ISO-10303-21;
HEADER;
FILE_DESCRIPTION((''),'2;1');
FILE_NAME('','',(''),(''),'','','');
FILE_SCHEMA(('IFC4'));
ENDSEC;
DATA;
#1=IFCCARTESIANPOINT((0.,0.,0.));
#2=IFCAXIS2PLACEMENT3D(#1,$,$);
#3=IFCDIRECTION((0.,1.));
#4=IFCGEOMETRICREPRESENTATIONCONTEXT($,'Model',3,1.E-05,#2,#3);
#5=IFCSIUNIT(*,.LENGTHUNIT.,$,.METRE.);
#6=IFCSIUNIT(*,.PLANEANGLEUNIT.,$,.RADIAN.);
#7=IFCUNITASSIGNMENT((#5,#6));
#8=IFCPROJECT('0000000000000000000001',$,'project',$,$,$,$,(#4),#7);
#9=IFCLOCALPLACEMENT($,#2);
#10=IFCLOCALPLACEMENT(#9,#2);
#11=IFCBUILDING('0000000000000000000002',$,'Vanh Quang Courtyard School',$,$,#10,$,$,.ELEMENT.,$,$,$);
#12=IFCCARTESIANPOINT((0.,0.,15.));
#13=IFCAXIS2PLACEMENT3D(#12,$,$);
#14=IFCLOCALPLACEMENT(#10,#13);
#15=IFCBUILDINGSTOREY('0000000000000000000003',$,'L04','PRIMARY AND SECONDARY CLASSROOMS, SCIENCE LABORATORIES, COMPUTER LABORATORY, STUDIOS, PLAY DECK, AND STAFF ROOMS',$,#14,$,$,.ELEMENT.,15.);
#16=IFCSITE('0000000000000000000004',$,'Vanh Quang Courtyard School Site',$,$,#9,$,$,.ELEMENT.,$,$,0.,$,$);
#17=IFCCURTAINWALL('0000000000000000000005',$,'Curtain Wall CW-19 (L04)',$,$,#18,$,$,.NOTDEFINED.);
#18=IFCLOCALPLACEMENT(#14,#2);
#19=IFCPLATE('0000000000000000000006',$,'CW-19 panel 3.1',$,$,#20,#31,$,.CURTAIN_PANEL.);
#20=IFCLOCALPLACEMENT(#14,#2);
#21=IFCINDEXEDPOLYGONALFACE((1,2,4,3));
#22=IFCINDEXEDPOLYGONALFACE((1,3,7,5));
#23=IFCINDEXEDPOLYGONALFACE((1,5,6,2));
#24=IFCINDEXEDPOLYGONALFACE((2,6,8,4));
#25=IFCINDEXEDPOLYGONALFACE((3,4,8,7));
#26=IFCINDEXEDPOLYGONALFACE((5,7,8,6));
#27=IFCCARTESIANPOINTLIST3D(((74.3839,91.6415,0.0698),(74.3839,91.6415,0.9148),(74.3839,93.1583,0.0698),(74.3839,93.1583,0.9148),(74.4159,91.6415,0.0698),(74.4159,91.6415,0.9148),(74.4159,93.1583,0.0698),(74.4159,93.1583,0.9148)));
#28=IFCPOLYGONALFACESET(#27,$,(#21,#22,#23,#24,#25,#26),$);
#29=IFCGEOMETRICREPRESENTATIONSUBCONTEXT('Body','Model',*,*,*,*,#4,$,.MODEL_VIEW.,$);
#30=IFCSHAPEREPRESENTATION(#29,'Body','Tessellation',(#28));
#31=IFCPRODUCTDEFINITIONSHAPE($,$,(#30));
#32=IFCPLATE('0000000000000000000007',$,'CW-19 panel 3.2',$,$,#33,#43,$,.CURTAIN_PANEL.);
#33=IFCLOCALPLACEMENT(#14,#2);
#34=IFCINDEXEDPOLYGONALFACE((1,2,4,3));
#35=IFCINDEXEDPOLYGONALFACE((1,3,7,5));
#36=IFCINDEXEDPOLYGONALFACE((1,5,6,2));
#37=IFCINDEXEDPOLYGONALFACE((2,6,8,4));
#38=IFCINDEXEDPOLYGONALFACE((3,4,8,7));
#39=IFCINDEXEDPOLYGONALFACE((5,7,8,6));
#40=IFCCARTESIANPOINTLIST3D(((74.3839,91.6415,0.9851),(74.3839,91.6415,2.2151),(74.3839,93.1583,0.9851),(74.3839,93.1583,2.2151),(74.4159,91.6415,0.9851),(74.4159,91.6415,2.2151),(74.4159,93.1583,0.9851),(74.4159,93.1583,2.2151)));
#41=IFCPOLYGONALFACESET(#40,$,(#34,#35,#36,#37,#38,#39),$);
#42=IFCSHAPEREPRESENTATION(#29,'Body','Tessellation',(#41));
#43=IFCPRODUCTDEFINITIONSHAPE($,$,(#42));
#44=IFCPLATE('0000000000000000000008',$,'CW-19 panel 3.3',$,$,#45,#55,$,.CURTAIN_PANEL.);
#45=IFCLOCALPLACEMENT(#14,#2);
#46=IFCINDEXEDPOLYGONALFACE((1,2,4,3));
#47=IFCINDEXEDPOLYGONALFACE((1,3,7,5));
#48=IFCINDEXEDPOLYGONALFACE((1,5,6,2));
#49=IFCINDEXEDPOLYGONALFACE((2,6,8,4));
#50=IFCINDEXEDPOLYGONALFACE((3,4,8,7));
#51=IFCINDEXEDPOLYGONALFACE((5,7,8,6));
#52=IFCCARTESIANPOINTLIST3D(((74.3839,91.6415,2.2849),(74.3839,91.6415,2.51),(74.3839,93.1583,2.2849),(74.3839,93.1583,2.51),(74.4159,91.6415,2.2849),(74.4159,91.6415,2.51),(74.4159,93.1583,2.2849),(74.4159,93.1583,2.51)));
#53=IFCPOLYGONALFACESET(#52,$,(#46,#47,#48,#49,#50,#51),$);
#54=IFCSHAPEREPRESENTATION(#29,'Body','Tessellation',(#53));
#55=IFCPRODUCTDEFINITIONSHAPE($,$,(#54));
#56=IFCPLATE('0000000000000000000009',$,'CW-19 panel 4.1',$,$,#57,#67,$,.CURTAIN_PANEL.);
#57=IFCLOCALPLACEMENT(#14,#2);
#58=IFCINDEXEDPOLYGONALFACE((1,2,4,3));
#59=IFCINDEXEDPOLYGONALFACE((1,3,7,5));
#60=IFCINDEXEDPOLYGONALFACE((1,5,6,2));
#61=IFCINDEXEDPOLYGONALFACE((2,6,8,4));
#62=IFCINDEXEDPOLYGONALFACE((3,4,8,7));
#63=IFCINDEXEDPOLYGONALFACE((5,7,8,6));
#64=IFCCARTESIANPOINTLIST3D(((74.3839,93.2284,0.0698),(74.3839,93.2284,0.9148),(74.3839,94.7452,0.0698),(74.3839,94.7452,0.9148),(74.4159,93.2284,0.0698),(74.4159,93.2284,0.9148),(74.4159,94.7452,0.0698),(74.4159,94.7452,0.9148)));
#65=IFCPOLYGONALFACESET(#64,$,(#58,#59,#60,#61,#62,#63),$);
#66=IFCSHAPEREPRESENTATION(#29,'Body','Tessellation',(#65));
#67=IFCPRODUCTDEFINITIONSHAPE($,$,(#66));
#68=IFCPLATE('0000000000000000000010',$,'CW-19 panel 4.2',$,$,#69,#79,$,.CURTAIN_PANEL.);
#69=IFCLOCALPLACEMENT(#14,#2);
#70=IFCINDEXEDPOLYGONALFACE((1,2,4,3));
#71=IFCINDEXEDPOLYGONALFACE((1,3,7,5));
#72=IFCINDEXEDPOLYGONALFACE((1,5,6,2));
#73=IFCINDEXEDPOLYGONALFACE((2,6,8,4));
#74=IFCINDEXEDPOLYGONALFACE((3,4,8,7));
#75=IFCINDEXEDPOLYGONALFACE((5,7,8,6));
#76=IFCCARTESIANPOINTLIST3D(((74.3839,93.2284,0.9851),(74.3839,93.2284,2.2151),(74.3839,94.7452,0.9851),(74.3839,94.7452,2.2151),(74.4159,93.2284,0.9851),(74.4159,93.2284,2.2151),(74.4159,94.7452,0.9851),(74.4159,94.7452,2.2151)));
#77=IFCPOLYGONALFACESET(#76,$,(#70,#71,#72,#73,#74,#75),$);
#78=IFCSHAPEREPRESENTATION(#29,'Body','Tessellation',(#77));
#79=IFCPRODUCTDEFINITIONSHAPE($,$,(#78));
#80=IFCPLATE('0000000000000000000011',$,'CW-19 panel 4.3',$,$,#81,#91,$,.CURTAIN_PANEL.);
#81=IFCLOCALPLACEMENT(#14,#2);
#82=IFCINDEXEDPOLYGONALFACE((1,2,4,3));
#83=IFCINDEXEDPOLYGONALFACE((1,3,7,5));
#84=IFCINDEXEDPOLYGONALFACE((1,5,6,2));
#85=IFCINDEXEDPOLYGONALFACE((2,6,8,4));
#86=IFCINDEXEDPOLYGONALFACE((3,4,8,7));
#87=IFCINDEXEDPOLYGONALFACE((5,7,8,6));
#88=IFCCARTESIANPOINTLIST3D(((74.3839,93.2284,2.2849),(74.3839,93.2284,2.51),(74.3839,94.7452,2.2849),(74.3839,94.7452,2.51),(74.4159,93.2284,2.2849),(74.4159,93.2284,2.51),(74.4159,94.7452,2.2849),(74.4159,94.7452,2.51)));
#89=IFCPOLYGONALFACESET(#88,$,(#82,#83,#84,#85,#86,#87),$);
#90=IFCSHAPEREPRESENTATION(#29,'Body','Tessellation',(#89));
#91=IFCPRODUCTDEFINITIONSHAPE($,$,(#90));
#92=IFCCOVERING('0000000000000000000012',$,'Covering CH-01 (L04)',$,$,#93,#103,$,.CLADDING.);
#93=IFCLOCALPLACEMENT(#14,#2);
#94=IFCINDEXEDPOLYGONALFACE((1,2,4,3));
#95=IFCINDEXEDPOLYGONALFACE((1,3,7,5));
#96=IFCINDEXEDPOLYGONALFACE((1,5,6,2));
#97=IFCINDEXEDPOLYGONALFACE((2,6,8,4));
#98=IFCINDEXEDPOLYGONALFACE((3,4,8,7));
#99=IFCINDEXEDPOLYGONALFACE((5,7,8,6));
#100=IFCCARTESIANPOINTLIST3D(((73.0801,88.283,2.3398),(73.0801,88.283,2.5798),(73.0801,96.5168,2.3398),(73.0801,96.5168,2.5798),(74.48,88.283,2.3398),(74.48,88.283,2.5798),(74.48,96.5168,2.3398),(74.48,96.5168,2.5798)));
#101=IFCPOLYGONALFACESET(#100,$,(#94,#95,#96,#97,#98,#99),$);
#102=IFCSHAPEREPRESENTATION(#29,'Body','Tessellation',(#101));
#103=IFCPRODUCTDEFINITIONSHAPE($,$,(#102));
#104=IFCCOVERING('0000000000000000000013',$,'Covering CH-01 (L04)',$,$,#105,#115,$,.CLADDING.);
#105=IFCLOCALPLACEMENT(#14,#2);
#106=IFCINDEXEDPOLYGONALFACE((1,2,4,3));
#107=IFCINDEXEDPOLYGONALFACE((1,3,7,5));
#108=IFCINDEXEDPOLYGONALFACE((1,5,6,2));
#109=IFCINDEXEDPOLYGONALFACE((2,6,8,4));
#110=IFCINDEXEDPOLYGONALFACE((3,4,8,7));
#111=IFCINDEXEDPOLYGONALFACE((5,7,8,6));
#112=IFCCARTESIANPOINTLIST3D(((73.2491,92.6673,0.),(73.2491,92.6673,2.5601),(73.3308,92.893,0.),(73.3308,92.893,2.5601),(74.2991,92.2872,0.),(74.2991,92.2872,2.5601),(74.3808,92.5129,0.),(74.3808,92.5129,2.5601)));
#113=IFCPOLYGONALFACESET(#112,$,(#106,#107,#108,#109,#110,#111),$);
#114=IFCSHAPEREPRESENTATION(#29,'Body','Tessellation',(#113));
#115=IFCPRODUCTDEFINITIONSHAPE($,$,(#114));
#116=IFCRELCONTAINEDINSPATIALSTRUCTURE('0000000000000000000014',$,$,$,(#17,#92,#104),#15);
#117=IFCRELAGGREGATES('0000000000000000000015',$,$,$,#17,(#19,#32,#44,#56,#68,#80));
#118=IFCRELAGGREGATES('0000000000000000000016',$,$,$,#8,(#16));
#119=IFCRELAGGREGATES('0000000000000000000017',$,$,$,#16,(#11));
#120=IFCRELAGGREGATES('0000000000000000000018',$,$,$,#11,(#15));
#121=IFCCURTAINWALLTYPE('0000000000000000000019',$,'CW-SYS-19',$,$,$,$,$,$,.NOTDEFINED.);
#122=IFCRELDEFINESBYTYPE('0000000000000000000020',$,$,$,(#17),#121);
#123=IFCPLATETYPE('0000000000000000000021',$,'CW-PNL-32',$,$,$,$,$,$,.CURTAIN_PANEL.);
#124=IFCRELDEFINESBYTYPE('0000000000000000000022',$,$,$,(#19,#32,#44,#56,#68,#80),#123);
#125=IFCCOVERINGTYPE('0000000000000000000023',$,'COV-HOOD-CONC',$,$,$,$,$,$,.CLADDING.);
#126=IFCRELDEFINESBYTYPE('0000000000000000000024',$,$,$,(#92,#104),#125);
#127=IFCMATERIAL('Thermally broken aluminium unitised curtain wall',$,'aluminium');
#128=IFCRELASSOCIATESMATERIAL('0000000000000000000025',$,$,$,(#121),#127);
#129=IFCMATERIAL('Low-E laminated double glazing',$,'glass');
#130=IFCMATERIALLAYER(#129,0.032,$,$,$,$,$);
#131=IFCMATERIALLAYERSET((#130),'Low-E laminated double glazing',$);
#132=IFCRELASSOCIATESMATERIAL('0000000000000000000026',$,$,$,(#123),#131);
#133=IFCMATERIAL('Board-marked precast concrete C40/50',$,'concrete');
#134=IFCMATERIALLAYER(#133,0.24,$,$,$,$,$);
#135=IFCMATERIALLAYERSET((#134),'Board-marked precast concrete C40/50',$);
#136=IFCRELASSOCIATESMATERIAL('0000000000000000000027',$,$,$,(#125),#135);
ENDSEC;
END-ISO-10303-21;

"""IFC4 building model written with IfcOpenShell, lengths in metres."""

from ifc_helpers import new_model, si_unit, direction, frame, origin, origin_2d, place, context, subcontext, project, spatial, rectangle, extrude, material, layer, layer_set, type_object, element, aggregate, save


model = new_model("IFC4")

# Units and contexts
model_context = context("Model", 3, precision=1e-05, world=origin(), true_north=direction((0.0, 1.0)))
body_context = subcontext(model_context, "Body", "Model", "MODEL_VIEW")
ifc_project = project(units=[si_unit("LENGTHUNIT", "METRE"), si_unit("PLANEANGLEUNIT", "RADIAN")], contexts=[model_context])

# Site, building, storey
site_placement = place(None, origin())
site = spatial("IfcSite", under=ifc_project, at=site_placement, Name="Vanh Quang Courtyard School Site", CompositionType="ELEMENT", RefElevation=0.0)
building_placement = place(site_placement, origin())
building = spatial("IfcBuilding", under=site, at=building_placement, Name="Vanh Quang Courtyard School", CompositionType="ELEMENT")
storey_placement = place(building_placement, frame((0.0, 0.0, 15.0)))
storey = spatial("IfcBuildingStorey", under=building, at=storey_placement, Name="L04", Description="PRIMARY AND SECONDARY CLASSROOMS, SCIENCE LABORATORIES, COMPUTER LABORATORY, STUDIOS, PLAY DECK, AND STAFF ROOMS", CompositionType="ELEMENT", Elevation=15.0)

# Curtain wall
ifc_material_1 = material(Name="Thermally broken aluminium unitised curtain wall", Category="aluminium")
curtain_wall_type = type_object("IfcCurtainWallType", Name="CW-SYS-19", PredefinedType="NOTDEFINED", material=ifc_material_1)
curtain_wall_placement = place(storey_placement, origin())
curtain_wall = element("IfcCurtainWall", 1, at=curtain_wall_placement, inside=storey, type_object=curtain_wall_type, Name="Curtain Wall CW-19 (L04)", PredefinedType="NOTDEFINED")

# Plates
ifc_material_2 = material(Name="Low-E laminated double glazing", Category="glass")
ifc_layer_1 = layer(ifc_material_2, 0.032)
ifc_layer_set_1 = layer_set([ifc_layer_1], Name="Low-E laminated double glazing")
plate_type = type_object("IfcPlateType", Name="CW-PNL-32", PredefinedType="CURTAIN_PANEL", material=ifc_layer_set_1)
plate_1_placement = place(storey_placement, frame((74.3999, 92.3999, 0.0698), z_axis=(0.0, 0.0, 1.0), x_axis=(0.0, 1.0, 0.0)))
plate_1 = element("IfcPlate", 2, at=plate_1_placement, type_object=plate_type, Name="CW-19 panel 3.1", PredefinedType="CURTAIN_PANEL", context=body_context, shape_type="SweptSolid", body=[
    extrude(rectangle(XDim=1.5168, YDim=0.032, at=origin_2d()), origin(), (0.0, 0.0, 1.0), 0.845),
])
plate_2_placement = place(storey_placement, frame((74.3999, 92.3999, 0.9851), z_axis=(0.0, 0.0, 1.0), x_axis=(0.0, 1.0, 0.0)))
plate_2 = element("IfcPlate", 3, at=plate_2_placement, type_object=plate_type, Name="CW-19 panel 3.2", PredefinedType="CURTAIN_PANEL", context=body_context, shape_type="SweptSolid", body=[
    extrude(rectangle(XDim=1.5168, YDim=0.032, at=origin_2d()), origin(), (0.0, 0.0, 1.0), 1.23),
])
plate_3_placement = place(storey_placement, frame((74.3999, 92.3999, 2.2849), z_axis=(0.0, 0.0, 1.0), x_axis=(0.0, 1.0, 0.0)))
plate_3 = element("IfcPlate", 4, at=plate_3_placement, type_object=plate_type, Name="CW-19 panel 3.3", PredefinedType="CURTAIN_PANEL", context=body_context, shape_type="SweptSolid", body=[
    extrude(rectangle(XDim=1.5168, YDim=0.032, at=origin_2d()), origin(), (0.0, 0.0, 1.0), 0.2251),
])
plate_4_placement = place(storey_placement, frame((74.3999, 93.9868, 0.0698), z_axis=(0.0, 0.0, 1.0), x_axis=(0.0, 1.0, 0.0)))
plate_4 = element("IfcPlate", 5, at=plate_4_placement, type_object=plate_type, Name="CW-19 panel 4.1", PredefinedType="CURTAIN_PANEL", context=body_context, shape_type="SweptSolid", body=[
    extrude(rectangle(XDim=1.5168, YDim=0.032, at=origin_2d()), origin(), (0.0, 0.0, 1.0), 0.845),
])
plate_5_placement = place(storey_placement, frame((74.3999, 93.9868, 0.9851), z_axis=(0.0, 0.0, 1.0), x_axis=(0.0, 1.0, 0.0)))
plate_5 = element("IfcPlate", 6, at=plate_5_placement, type_object=plate_type, Name="CW-19 panel 4.2", PredefinedType="CURTAIN_PANEL", context=body_context, shape_type="SweptSolid", body=[
    extrude(rectangle(XDim=1.5168, YDim=0.032, at=origin_2d()), origin(), (0.0, 0.0, 1.0), 1.23),
])
plate_6_placement = place(storey_placement, frame((74.3999, 93.9868, 2.2849), z_axis=(0.0, 0.0, 1.0), x_axis=(0.0, 1.0, 0.0)))
plate_6 = element("IfcPlate", 7, at=plate_6_placement, type_object=plate_type, Name="CW-19 panel 4.3", PredefinedType="CURTAIN_PANEL", context=body_context, shape_type="SweptSolid", body=[
    extrude(rectangle(XDim=1.5168, YDim=0.032, at=origin_2d()), origin(), (0.0, 0.0, 1.0), 0.2251),
])
aggregate(curtain_wall, [plate_1, plate_2, plate_3, plate_4, plate_5, plate_6])

# Coverings
ifc_material_3 = material(Name="Board-marked precast concrete C40/50", Category="concrete")
ifc_layer_2 = layer(ifc_material_3, 0.24)
ifc_layer_set_2 = layer_set([ifc_layer_2], Name="Board-marked precast concrete C40/50")
covering_type = type_object("IfcCoveringType", Name="COV-HOOD-CONC", PredefinedType="CLADDING", material=ifc_layer_set_2)
covering_1_placement = place(storey_placement, frame((73.78, 92.3999, 2.3398), z_axis=(0.0, 0.0, 1.0), x_axis=(0.0, 1.0, 0.0)))
element("IfcCovering", 8, at=covering_1_placement, inside=storey, type_object=covering_type, Name="Covering CH-01 (L04)", PredefinedType="CLADDING", context=body_context, shape_type="SweptSolid", body=[
    extrude(rectangle(XDim=8.2339, YDim=1.3999, at=origin_2d()), origin(), (0.0, 0.0, 1.0), 0.24),
])
covering_2_placement = place(storey_placement, frame((73.8149, 92.5901, 0.0), z_axis=(0.0, 0.0, 1.0), x_axis=(-0.940288, 0.34038, 0.0)))
element("IfcCovering", 9, at=covering_2_placement, inside=storey, type_object=covering_type, Name="Covering CH-01 (L04)", PredefinedType="CLADDING", context=body_context, shape_type="SweptSolid", body=[
    extrude(rectangle(XDim=1.1167, YDim=0.24, at=origin_2d()), origin(), (0.0, 0.0, 1.0), 2.5601),
])

save(model, "model.ifc")
